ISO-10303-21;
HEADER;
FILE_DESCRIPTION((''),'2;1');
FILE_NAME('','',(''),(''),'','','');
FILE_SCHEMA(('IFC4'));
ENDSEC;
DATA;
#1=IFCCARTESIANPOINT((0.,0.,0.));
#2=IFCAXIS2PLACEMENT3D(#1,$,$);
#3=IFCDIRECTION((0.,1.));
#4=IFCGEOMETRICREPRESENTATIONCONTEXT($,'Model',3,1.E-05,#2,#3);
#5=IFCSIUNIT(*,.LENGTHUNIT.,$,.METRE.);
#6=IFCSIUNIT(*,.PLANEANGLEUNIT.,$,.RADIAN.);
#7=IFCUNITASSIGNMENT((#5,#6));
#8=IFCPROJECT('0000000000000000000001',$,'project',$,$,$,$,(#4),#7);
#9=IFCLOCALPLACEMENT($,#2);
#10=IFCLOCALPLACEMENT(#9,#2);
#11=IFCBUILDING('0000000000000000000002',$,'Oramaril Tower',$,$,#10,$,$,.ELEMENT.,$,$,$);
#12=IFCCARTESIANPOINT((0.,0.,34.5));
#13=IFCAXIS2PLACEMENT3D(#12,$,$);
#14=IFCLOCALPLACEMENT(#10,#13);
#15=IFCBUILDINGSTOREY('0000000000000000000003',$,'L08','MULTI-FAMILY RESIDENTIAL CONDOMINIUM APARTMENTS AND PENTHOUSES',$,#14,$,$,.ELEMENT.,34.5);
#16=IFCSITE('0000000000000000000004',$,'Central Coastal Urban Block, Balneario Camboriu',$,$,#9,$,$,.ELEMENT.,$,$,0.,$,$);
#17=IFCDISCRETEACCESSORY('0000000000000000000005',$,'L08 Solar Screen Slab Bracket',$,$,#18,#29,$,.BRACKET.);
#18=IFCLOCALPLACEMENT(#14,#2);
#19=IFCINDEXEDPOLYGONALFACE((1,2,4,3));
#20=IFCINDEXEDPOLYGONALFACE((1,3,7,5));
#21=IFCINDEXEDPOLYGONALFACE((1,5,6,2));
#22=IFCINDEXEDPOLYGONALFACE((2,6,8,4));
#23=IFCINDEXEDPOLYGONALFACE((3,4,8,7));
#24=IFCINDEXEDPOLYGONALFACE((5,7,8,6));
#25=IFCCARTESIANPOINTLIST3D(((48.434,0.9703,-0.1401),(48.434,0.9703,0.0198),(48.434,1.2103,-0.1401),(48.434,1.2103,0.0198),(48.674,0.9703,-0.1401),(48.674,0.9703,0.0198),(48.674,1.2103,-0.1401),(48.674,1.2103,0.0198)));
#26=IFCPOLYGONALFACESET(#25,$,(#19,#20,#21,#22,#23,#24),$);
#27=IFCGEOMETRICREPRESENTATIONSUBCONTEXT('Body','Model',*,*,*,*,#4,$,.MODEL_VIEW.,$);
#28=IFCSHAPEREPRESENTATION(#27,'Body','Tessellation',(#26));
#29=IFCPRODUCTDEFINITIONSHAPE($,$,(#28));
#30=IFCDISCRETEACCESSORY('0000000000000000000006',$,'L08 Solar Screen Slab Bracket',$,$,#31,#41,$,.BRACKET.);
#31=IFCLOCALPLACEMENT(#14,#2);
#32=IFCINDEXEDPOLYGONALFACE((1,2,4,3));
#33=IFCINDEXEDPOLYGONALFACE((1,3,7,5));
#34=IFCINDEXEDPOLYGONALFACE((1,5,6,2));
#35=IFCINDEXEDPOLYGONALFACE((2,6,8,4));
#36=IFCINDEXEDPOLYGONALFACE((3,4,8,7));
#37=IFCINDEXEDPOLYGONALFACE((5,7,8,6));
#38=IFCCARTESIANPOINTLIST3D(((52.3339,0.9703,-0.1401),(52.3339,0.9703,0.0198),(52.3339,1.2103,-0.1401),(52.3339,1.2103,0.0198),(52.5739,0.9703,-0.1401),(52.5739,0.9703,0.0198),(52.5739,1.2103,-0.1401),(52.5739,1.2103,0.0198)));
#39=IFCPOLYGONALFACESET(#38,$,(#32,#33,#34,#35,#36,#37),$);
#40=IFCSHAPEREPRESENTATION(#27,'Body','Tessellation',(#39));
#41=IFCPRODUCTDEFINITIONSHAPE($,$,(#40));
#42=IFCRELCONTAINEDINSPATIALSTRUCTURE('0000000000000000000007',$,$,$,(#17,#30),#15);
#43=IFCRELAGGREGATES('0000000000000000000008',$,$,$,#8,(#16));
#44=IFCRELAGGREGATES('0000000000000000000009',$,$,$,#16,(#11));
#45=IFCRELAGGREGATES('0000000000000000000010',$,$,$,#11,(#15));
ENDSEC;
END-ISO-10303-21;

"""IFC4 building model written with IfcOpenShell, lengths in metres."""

from ifc_helpers import new_model, si_unit, direction, frame, origin, origin_2d, place, context, subcontext, project, spatial, rectangle, extrude, element, save


model = new_model("IFC4")

# Units and contexts
model_context = context("Model", 3, precision=1e-05, world=origin(), true_north=direction((0.0, 1.0)))
body_context = subcontext(model_context, "Body", "Model", "MODEL_VIEW")
ifc_project = project(units=[si_unit("LENGTHUNIT", "METRE"), si_unit("PLANEANGLEUNIT", "RADIAN")], contexts=[model_context])

# Site, building, storey
site_placement = place(None, origin())
site = spatial("IfcSite", under=ifc_project, at=site_placement, Name="Central Coastal Urban Block, Balneario Camboriu", CompositionType="ELEMENT", RefElevation=0.0)
building_placement = place(site_placement, origin())
building = spatial("IfcBuilding", under=site, at=building_placement, Name="Oramaril Tower", CompositionType="ELEMENT")
storey_placement = place(building_placement, frame((0.0, 0.0, 34.5)))
storey = spatial("IfcBuildingStorey", under=building, at=storey_placement, Name="L08", Description="MULTI-FAMILY RESIDENTIAL CONDOMINIUM APARTMENTS AND PENTHOUSES", CompositionType="ELEMENT", Elevation=34.5)

# Discrete accessories
for number, where, z_axis, x_axis, name in (
    (1, (48.554, 1.0903, -0.1401), (0.0, 0.0, 1.0), (1.0, 0.0, 0.0), "L08 Solar Screen Slab Bracket"),
    (2, (52.4539, 1.0903, -0.1401), (0.0, 0.0, 1.0), (1.0, 0.0, 0.0), "L08 Solar Screen Slab Bracket"),
):
    element("IfcDiscreteAccessory", number, at=place(storey_placement, frame(where, z_axis=z_axis, x_axis=x_axis)), inside=storey, Name=name, PredefinedType="BRACKET", context=body_context, shape_type="SweptSolid", body=[
        extrude(rectangle(XDim=0.24, YDim=0.24, at=origin_2d()), origin(), (0.0, 0.0, 1.0), 0.1599),
    ])

save(model, "model.ifc")
